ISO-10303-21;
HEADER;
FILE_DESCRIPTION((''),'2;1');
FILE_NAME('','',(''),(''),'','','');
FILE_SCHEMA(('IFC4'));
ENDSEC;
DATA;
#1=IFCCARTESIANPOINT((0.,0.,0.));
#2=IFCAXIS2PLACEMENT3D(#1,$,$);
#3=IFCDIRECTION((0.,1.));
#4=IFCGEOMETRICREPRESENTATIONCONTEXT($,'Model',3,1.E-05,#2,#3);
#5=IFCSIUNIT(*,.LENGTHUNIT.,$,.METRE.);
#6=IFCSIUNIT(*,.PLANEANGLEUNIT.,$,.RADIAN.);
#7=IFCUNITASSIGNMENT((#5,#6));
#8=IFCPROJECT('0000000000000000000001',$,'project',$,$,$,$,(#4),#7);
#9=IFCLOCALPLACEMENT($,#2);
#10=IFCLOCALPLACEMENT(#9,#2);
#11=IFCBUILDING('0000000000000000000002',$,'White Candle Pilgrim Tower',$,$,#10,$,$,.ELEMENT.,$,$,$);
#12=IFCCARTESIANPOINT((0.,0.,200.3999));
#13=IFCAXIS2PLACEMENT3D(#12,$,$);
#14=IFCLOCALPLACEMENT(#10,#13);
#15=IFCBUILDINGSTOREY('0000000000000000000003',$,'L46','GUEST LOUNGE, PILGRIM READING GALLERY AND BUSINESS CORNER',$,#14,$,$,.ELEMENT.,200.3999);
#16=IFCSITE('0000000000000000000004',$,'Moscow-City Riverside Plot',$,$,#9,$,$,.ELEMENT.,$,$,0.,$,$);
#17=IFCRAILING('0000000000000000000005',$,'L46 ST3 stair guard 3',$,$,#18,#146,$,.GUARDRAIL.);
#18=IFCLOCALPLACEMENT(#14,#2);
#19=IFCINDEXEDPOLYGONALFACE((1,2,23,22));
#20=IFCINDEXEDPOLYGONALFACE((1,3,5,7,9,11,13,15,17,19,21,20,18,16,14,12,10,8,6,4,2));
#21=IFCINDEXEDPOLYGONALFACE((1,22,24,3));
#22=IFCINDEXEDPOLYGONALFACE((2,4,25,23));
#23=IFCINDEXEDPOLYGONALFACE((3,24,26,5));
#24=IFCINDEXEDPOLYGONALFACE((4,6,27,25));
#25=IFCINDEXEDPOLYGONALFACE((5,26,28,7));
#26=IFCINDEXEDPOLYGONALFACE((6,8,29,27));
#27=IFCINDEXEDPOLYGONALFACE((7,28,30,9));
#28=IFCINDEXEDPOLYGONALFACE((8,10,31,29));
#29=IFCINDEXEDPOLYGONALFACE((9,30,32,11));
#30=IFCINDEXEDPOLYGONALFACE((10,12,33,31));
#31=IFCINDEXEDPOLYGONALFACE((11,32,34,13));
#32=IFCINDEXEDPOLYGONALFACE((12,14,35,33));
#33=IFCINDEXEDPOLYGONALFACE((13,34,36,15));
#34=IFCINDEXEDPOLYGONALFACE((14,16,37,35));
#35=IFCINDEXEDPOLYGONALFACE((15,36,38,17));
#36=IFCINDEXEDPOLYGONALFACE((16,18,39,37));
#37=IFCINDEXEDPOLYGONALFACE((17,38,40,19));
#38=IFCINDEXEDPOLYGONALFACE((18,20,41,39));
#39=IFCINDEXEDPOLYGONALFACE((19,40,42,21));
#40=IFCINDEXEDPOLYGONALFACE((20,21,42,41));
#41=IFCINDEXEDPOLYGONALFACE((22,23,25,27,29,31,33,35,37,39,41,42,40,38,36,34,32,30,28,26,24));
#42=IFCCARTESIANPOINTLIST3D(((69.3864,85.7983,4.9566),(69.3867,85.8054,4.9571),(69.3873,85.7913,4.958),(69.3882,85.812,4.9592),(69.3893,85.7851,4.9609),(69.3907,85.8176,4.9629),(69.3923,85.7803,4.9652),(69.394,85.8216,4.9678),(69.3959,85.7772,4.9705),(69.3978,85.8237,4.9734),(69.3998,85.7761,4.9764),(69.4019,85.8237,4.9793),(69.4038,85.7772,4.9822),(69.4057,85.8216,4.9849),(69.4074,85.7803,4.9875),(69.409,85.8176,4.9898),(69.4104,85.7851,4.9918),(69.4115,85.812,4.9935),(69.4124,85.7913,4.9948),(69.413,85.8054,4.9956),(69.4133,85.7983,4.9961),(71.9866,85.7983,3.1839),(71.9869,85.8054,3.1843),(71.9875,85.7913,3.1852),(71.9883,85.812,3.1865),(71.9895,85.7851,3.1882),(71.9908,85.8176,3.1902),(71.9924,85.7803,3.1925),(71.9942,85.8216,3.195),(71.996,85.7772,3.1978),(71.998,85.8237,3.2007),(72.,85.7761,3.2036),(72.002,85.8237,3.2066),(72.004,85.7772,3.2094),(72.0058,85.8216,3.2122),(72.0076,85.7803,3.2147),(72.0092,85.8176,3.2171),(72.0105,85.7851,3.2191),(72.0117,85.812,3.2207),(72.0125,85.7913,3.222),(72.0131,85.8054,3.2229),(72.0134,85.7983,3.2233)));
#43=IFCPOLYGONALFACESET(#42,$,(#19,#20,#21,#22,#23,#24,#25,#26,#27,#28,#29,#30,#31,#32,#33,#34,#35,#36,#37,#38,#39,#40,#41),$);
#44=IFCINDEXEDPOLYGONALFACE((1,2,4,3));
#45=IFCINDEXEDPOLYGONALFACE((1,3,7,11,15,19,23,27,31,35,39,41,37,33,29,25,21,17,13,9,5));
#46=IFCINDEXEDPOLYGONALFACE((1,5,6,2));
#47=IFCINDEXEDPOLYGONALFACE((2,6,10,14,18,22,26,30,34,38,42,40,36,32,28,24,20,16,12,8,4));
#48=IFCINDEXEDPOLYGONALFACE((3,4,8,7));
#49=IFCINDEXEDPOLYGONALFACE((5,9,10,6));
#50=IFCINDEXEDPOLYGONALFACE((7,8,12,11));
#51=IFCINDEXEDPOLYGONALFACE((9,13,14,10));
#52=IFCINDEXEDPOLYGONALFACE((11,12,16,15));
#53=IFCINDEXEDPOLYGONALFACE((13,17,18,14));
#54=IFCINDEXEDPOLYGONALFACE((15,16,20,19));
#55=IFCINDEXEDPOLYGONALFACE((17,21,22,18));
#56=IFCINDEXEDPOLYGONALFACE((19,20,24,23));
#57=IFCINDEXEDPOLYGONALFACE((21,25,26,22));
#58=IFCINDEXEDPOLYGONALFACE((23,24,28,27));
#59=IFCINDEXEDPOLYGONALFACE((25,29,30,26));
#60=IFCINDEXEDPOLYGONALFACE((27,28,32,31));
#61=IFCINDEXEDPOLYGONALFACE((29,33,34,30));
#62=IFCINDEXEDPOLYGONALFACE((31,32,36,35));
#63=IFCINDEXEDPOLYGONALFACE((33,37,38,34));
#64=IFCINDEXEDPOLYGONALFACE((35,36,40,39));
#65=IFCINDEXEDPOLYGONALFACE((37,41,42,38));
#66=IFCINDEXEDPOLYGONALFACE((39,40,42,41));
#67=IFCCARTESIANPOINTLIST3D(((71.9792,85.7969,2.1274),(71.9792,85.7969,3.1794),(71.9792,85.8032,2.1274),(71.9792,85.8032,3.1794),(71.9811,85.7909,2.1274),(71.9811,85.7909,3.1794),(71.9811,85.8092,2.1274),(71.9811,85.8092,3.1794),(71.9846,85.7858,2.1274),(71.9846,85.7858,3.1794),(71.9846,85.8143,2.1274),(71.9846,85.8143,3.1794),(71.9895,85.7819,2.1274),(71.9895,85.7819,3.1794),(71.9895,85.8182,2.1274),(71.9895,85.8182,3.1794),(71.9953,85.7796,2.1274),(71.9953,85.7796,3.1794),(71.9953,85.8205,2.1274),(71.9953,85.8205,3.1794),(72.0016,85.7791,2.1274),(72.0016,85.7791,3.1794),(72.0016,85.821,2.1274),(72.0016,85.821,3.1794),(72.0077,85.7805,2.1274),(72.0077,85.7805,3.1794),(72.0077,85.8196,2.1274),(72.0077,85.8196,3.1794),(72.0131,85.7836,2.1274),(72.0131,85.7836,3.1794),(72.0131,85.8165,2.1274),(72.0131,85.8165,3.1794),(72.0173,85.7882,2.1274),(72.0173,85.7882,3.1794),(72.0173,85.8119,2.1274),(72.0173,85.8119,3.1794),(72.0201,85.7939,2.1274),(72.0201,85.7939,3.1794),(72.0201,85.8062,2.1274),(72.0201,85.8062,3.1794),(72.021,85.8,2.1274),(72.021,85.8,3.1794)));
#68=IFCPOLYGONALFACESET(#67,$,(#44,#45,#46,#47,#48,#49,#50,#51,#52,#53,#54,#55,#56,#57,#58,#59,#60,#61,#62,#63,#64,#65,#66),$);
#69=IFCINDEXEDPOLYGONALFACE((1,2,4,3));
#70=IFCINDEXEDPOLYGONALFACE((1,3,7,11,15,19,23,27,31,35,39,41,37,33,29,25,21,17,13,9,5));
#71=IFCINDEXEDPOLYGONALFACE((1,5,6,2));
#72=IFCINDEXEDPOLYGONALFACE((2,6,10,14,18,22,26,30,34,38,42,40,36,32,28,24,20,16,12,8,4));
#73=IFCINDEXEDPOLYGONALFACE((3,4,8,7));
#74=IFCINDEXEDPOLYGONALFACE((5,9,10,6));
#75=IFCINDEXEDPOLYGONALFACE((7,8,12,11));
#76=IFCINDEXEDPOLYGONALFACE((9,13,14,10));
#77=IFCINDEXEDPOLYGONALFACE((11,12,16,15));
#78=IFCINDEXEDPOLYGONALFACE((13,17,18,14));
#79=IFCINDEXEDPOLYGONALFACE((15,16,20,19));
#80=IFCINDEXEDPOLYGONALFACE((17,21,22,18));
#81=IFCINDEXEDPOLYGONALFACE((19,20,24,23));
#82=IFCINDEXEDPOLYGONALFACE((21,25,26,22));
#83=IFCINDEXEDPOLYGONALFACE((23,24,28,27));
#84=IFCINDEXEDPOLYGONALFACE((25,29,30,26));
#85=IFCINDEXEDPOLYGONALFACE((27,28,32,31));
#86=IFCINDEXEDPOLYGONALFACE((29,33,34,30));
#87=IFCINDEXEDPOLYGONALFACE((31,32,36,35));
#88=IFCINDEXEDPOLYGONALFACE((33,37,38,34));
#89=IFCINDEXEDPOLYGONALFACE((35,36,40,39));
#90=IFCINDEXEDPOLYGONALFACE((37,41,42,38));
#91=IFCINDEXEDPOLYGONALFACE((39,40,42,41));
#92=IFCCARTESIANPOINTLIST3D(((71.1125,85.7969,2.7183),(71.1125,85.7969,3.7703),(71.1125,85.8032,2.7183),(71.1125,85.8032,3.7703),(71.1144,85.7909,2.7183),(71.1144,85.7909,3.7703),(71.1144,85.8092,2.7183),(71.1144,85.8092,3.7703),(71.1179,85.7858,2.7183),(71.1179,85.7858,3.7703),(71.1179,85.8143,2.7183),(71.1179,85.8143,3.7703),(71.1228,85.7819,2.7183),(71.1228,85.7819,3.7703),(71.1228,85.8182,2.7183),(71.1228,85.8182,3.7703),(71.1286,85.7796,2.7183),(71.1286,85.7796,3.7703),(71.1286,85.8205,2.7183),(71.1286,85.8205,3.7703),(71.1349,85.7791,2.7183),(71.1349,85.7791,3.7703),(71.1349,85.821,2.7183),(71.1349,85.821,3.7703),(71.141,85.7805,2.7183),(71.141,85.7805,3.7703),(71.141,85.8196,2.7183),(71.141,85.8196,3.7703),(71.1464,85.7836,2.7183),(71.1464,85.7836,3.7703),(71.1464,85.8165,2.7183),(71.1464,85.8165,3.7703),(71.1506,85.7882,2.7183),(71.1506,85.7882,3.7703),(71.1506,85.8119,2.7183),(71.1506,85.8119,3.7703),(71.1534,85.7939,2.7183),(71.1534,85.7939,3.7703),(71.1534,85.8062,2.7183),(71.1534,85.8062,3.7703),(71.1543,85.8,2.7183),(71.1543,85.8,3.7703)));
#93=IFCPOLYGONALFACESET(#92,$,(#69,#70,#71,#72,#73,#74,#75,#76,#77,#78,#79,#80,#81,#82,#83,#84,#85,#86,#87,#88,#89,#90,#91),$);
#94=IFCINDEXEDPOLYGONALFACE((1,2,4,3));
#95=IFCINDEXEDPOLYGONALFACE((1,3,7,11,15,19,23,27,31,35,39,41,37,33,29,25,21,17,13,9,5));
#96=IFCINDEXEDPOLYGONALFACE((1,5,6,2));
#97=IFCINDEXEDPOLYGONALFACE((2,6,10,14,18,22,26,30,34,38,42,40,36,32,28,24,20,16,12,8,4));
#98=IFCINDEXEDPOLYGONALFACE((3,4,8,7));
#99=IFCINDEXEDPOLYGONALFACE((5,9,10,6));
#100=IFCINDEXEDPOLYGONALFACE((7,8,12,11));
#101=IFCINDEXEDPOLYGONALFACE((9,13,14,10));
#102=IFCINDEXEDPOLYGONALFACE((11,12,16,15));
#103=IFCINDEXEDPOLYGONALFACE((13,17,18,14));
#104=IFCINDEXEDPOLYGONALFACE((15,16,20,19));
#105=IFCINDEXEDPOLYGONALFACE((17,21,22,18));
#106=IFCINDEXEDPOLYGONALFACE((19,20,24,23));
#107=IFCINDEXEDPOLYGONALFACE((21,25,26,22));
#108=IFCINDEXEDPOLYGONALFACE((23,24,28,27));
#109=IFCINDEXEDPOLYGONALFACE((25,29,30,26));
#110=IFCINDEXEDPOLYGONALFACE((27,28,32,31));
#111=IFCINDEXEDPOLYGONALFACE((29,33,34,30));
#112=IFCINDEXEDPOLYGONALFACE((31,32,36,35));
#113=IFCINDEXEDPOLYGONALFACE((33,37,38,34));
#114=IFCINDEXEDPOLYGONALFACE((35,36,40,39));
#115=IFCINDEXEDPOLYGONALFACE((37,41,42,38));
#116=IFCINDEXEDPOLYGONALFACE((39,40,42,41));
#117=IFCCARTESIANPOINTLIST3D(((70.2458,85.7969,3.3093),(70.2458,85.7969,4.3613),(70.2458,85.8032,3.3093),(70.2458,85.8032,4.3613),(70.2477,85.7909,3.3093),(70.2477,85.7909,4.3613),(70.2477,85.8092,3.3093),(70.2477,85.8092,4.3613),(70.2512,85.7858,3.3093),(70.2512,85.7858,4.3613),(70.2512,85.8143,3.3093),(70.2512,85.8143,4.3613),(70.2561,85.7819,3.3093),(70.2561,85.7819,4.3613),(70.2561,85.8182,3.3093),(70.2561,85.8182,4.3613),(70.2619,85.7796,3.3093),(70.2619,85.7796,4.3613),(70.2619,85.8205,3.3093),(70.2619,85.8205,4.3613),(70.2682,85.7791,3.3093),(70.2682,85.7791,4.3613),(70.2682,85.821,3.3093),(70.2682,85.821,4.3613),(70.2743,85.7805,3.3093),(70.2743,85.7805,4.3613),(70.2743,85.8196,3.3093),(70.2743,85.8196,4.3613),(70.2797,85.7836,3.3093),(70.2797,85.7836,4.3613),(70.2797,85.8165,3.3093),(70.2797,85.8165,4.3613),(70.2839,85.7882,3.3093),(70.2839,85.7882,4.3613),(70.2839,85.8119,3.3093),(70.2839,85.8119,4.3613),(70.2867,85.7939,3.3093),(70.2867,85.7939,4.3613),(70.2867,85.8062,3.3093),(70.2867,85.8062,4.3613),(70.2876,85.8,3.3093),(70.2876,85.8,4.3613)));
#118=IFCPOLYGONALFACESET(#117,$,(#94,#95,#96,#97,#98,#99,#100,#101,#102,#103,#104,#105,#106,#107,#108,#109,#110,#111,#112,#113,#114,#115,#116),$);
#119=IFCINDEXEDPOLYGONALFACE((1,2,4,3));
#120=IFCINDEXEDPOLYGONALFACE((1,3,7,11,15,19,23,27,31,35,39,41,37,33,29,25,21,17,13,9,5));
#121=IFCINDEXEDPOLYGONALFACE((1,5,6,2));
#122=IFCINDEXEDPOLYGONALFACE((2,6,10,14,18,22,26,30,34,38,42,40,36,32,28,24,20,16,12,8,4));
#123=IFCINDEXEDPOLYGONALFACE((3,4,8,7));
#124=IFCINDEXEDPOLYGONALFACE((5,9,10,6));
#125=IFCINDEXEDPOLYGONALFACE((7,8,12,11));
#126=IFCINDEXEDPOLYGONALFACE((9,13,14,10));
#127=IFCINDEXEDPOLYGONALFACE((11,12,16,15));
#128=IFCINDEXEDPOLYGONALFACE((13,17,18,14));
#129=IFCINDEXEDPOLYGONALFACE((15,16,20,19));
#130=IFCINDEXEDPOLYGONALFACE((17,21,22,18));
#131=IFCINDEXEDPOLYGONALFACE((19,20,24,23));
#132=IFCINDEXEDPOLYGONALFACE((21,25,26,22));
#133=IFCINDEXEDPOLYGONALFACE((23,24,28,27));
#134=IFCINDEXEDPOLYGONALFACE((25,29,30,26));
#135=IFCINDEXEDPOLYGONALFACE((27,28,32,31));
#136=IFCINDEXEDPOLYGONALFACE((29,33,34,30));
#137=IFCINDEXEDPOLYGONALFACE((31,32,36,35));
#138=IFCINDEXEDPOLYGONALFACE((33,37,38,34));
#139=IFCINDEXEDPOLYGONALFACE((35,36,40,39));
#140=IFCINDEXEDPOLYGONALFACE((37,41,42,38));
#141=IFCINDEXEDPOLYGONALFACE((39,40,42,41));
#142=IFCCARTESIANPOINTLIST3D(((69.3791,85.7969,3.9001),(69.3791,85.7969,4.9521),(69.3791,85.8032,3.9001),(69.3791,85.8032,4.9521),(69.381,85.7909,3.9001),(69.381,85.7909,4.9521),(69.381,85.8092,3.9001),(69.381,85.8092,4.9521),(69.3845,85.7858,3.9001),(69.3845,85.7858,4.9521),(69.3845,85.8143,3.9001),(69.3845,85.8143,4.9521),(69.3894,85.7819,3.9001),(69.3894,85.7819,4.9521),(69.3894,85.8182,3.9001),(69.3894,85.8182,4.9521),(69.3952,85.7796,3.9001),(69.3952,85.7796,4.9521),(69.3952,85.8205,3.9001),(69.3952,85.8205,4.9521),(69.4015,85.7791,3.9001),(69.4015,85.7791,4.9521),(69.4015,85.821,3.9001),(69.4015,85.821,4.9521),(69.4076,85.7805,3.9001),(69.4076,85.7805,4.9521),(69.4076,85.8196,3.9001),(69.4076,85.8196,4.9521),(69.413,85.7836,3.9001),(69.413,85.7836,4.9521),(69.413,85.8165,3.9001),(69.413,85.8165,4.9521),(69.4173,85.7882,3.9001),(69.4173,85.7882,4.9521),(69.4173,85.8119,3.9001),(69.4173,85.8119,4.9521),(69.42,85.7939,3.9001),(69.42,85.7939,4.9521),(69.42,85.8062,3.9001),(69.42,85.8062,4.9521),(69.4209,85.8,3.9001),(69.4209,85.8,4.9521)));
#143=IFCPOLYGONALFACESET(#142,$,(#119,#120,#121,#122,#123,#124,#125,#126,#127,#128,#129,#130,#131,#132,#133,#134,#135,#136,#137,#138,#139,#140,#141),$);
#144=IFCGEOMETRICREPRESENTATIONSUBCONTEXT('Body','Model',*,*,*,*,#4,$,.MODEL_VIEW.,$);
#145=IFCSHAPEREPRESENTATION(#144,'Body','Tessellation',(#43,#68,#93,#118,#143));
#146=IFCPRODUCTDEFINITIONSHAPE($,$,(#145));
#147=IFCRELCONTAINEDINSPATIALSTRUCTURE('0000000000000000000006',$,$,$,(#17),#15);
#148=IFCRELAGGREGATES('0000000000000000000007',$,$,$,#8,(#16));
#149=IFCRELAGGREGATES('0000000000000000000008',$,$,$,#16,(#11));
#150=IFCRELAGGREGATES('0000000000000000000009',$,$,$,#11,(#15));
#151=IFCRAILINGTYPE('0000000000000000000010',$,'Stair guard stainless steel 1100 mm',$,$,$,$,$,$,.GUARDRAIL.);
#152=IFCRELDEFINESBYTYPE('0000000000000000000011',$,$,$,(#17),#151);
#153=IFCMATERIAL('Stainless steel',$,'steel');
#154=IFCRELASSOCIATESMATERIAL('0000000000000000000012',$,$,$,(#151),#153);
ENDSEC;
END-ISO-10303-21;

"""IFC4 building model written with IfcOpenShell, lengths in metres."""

from ifc_helpers import new_model, si_unit, direction, frame, origin, origin_2d, place, context, subcontext, project, spatial, circle, extrude, material, type_object, element, save


model = new_model("IFC4")

# Units and contexts
model_context = context("Model", 3, precision=1e-05, world=origin(), true_north=direction((0.0, 1.0)))
body_context = subcontext(model_context, "Body", "Model", "MODEL_VIEW")
ifc_project = project(units=[si_unit("LENGTHUNIT", "METRE"), si_unit("PLANEANGLEUNIT", "RADIAN")], contexts=[model_context])

# Site, building, storey
site_placement = place(None, origin())
site = spatial("IfcSite", under=ifc_project, at=site_placement, Name="Moscow-City Riverside Plot", CompositionType="ELEMENT", RefElevation=0.0)
building_placement = place(site_placement, origin())
building = spatial("IfcBuilding", under=site, at=building_placement, Name="White Candle Pilgrim Tower", CompositionType="ELEMENT")
storey_placement = place(building_placement, frame((0.0, 0.0, 200.3999)))
storey = spatial("IfcBuildingStorey", under=building, at=storey_placement, Name="L46", Description="GUEST LOUNGE, PILGRIM READING GALLERY AND BUSINESS CORNER", CompositionType="ELEMENT", Elevation=200.3999)

# Shared definitions
ifc_material_1 = material(Name="Stainless steel", Category="steel")

# Railing
railing_type_1 = type_object("IfcRailingType", Name="Stair guard stainless steel 1100 mm", PredefinedType="GUARDRAIL", material=ifc_material_1)
railing_1_placement = place(storey_placement, frame((72.0, 85.8, 2.1274)))
element("IfcRailing", 1, at=railing_1_placement, inside=storey, type_object=railing_type_1, Name="L46 ST3 stair guard 3", PredefinedType="GUARDRAIL", context=body_context, shape_type="SweptSolid", body=[
    extrude(circle(Radius=0.0239, at=origin_2d()), frame((0.0, 0.0, 1.0762), z_axis=(-0.82624, 0.0, 0.563318), x_axis=(0.0, -1.0, 0.0)), (0.0, 0.0, 1.0), 3.147),
    extrude(circle(Radius=0.021, at=origin_2d()), origin(), (0.0, 0.0, 1.0), 1.052),
    extrude(circle(Radius=0.021, at=origin_2d()), frame((-0.8667, 0.0, 0.5908)), (0.0, 0.0, 1.0), 1.052),
    extrude(circle(Radius=0.021, at=origin_2d()), frame((-1.7334, 0.0, 1.1819)), (0.0, 0.0, 1.0), 1.052),
    extrude(circle(Radius=0.021, at=origin_2d()), frame((-2.6001, 0.0, 1.7727)), (0.0, 0.0, 1.0), 1.052),
])

save(model, "model.ifc")
